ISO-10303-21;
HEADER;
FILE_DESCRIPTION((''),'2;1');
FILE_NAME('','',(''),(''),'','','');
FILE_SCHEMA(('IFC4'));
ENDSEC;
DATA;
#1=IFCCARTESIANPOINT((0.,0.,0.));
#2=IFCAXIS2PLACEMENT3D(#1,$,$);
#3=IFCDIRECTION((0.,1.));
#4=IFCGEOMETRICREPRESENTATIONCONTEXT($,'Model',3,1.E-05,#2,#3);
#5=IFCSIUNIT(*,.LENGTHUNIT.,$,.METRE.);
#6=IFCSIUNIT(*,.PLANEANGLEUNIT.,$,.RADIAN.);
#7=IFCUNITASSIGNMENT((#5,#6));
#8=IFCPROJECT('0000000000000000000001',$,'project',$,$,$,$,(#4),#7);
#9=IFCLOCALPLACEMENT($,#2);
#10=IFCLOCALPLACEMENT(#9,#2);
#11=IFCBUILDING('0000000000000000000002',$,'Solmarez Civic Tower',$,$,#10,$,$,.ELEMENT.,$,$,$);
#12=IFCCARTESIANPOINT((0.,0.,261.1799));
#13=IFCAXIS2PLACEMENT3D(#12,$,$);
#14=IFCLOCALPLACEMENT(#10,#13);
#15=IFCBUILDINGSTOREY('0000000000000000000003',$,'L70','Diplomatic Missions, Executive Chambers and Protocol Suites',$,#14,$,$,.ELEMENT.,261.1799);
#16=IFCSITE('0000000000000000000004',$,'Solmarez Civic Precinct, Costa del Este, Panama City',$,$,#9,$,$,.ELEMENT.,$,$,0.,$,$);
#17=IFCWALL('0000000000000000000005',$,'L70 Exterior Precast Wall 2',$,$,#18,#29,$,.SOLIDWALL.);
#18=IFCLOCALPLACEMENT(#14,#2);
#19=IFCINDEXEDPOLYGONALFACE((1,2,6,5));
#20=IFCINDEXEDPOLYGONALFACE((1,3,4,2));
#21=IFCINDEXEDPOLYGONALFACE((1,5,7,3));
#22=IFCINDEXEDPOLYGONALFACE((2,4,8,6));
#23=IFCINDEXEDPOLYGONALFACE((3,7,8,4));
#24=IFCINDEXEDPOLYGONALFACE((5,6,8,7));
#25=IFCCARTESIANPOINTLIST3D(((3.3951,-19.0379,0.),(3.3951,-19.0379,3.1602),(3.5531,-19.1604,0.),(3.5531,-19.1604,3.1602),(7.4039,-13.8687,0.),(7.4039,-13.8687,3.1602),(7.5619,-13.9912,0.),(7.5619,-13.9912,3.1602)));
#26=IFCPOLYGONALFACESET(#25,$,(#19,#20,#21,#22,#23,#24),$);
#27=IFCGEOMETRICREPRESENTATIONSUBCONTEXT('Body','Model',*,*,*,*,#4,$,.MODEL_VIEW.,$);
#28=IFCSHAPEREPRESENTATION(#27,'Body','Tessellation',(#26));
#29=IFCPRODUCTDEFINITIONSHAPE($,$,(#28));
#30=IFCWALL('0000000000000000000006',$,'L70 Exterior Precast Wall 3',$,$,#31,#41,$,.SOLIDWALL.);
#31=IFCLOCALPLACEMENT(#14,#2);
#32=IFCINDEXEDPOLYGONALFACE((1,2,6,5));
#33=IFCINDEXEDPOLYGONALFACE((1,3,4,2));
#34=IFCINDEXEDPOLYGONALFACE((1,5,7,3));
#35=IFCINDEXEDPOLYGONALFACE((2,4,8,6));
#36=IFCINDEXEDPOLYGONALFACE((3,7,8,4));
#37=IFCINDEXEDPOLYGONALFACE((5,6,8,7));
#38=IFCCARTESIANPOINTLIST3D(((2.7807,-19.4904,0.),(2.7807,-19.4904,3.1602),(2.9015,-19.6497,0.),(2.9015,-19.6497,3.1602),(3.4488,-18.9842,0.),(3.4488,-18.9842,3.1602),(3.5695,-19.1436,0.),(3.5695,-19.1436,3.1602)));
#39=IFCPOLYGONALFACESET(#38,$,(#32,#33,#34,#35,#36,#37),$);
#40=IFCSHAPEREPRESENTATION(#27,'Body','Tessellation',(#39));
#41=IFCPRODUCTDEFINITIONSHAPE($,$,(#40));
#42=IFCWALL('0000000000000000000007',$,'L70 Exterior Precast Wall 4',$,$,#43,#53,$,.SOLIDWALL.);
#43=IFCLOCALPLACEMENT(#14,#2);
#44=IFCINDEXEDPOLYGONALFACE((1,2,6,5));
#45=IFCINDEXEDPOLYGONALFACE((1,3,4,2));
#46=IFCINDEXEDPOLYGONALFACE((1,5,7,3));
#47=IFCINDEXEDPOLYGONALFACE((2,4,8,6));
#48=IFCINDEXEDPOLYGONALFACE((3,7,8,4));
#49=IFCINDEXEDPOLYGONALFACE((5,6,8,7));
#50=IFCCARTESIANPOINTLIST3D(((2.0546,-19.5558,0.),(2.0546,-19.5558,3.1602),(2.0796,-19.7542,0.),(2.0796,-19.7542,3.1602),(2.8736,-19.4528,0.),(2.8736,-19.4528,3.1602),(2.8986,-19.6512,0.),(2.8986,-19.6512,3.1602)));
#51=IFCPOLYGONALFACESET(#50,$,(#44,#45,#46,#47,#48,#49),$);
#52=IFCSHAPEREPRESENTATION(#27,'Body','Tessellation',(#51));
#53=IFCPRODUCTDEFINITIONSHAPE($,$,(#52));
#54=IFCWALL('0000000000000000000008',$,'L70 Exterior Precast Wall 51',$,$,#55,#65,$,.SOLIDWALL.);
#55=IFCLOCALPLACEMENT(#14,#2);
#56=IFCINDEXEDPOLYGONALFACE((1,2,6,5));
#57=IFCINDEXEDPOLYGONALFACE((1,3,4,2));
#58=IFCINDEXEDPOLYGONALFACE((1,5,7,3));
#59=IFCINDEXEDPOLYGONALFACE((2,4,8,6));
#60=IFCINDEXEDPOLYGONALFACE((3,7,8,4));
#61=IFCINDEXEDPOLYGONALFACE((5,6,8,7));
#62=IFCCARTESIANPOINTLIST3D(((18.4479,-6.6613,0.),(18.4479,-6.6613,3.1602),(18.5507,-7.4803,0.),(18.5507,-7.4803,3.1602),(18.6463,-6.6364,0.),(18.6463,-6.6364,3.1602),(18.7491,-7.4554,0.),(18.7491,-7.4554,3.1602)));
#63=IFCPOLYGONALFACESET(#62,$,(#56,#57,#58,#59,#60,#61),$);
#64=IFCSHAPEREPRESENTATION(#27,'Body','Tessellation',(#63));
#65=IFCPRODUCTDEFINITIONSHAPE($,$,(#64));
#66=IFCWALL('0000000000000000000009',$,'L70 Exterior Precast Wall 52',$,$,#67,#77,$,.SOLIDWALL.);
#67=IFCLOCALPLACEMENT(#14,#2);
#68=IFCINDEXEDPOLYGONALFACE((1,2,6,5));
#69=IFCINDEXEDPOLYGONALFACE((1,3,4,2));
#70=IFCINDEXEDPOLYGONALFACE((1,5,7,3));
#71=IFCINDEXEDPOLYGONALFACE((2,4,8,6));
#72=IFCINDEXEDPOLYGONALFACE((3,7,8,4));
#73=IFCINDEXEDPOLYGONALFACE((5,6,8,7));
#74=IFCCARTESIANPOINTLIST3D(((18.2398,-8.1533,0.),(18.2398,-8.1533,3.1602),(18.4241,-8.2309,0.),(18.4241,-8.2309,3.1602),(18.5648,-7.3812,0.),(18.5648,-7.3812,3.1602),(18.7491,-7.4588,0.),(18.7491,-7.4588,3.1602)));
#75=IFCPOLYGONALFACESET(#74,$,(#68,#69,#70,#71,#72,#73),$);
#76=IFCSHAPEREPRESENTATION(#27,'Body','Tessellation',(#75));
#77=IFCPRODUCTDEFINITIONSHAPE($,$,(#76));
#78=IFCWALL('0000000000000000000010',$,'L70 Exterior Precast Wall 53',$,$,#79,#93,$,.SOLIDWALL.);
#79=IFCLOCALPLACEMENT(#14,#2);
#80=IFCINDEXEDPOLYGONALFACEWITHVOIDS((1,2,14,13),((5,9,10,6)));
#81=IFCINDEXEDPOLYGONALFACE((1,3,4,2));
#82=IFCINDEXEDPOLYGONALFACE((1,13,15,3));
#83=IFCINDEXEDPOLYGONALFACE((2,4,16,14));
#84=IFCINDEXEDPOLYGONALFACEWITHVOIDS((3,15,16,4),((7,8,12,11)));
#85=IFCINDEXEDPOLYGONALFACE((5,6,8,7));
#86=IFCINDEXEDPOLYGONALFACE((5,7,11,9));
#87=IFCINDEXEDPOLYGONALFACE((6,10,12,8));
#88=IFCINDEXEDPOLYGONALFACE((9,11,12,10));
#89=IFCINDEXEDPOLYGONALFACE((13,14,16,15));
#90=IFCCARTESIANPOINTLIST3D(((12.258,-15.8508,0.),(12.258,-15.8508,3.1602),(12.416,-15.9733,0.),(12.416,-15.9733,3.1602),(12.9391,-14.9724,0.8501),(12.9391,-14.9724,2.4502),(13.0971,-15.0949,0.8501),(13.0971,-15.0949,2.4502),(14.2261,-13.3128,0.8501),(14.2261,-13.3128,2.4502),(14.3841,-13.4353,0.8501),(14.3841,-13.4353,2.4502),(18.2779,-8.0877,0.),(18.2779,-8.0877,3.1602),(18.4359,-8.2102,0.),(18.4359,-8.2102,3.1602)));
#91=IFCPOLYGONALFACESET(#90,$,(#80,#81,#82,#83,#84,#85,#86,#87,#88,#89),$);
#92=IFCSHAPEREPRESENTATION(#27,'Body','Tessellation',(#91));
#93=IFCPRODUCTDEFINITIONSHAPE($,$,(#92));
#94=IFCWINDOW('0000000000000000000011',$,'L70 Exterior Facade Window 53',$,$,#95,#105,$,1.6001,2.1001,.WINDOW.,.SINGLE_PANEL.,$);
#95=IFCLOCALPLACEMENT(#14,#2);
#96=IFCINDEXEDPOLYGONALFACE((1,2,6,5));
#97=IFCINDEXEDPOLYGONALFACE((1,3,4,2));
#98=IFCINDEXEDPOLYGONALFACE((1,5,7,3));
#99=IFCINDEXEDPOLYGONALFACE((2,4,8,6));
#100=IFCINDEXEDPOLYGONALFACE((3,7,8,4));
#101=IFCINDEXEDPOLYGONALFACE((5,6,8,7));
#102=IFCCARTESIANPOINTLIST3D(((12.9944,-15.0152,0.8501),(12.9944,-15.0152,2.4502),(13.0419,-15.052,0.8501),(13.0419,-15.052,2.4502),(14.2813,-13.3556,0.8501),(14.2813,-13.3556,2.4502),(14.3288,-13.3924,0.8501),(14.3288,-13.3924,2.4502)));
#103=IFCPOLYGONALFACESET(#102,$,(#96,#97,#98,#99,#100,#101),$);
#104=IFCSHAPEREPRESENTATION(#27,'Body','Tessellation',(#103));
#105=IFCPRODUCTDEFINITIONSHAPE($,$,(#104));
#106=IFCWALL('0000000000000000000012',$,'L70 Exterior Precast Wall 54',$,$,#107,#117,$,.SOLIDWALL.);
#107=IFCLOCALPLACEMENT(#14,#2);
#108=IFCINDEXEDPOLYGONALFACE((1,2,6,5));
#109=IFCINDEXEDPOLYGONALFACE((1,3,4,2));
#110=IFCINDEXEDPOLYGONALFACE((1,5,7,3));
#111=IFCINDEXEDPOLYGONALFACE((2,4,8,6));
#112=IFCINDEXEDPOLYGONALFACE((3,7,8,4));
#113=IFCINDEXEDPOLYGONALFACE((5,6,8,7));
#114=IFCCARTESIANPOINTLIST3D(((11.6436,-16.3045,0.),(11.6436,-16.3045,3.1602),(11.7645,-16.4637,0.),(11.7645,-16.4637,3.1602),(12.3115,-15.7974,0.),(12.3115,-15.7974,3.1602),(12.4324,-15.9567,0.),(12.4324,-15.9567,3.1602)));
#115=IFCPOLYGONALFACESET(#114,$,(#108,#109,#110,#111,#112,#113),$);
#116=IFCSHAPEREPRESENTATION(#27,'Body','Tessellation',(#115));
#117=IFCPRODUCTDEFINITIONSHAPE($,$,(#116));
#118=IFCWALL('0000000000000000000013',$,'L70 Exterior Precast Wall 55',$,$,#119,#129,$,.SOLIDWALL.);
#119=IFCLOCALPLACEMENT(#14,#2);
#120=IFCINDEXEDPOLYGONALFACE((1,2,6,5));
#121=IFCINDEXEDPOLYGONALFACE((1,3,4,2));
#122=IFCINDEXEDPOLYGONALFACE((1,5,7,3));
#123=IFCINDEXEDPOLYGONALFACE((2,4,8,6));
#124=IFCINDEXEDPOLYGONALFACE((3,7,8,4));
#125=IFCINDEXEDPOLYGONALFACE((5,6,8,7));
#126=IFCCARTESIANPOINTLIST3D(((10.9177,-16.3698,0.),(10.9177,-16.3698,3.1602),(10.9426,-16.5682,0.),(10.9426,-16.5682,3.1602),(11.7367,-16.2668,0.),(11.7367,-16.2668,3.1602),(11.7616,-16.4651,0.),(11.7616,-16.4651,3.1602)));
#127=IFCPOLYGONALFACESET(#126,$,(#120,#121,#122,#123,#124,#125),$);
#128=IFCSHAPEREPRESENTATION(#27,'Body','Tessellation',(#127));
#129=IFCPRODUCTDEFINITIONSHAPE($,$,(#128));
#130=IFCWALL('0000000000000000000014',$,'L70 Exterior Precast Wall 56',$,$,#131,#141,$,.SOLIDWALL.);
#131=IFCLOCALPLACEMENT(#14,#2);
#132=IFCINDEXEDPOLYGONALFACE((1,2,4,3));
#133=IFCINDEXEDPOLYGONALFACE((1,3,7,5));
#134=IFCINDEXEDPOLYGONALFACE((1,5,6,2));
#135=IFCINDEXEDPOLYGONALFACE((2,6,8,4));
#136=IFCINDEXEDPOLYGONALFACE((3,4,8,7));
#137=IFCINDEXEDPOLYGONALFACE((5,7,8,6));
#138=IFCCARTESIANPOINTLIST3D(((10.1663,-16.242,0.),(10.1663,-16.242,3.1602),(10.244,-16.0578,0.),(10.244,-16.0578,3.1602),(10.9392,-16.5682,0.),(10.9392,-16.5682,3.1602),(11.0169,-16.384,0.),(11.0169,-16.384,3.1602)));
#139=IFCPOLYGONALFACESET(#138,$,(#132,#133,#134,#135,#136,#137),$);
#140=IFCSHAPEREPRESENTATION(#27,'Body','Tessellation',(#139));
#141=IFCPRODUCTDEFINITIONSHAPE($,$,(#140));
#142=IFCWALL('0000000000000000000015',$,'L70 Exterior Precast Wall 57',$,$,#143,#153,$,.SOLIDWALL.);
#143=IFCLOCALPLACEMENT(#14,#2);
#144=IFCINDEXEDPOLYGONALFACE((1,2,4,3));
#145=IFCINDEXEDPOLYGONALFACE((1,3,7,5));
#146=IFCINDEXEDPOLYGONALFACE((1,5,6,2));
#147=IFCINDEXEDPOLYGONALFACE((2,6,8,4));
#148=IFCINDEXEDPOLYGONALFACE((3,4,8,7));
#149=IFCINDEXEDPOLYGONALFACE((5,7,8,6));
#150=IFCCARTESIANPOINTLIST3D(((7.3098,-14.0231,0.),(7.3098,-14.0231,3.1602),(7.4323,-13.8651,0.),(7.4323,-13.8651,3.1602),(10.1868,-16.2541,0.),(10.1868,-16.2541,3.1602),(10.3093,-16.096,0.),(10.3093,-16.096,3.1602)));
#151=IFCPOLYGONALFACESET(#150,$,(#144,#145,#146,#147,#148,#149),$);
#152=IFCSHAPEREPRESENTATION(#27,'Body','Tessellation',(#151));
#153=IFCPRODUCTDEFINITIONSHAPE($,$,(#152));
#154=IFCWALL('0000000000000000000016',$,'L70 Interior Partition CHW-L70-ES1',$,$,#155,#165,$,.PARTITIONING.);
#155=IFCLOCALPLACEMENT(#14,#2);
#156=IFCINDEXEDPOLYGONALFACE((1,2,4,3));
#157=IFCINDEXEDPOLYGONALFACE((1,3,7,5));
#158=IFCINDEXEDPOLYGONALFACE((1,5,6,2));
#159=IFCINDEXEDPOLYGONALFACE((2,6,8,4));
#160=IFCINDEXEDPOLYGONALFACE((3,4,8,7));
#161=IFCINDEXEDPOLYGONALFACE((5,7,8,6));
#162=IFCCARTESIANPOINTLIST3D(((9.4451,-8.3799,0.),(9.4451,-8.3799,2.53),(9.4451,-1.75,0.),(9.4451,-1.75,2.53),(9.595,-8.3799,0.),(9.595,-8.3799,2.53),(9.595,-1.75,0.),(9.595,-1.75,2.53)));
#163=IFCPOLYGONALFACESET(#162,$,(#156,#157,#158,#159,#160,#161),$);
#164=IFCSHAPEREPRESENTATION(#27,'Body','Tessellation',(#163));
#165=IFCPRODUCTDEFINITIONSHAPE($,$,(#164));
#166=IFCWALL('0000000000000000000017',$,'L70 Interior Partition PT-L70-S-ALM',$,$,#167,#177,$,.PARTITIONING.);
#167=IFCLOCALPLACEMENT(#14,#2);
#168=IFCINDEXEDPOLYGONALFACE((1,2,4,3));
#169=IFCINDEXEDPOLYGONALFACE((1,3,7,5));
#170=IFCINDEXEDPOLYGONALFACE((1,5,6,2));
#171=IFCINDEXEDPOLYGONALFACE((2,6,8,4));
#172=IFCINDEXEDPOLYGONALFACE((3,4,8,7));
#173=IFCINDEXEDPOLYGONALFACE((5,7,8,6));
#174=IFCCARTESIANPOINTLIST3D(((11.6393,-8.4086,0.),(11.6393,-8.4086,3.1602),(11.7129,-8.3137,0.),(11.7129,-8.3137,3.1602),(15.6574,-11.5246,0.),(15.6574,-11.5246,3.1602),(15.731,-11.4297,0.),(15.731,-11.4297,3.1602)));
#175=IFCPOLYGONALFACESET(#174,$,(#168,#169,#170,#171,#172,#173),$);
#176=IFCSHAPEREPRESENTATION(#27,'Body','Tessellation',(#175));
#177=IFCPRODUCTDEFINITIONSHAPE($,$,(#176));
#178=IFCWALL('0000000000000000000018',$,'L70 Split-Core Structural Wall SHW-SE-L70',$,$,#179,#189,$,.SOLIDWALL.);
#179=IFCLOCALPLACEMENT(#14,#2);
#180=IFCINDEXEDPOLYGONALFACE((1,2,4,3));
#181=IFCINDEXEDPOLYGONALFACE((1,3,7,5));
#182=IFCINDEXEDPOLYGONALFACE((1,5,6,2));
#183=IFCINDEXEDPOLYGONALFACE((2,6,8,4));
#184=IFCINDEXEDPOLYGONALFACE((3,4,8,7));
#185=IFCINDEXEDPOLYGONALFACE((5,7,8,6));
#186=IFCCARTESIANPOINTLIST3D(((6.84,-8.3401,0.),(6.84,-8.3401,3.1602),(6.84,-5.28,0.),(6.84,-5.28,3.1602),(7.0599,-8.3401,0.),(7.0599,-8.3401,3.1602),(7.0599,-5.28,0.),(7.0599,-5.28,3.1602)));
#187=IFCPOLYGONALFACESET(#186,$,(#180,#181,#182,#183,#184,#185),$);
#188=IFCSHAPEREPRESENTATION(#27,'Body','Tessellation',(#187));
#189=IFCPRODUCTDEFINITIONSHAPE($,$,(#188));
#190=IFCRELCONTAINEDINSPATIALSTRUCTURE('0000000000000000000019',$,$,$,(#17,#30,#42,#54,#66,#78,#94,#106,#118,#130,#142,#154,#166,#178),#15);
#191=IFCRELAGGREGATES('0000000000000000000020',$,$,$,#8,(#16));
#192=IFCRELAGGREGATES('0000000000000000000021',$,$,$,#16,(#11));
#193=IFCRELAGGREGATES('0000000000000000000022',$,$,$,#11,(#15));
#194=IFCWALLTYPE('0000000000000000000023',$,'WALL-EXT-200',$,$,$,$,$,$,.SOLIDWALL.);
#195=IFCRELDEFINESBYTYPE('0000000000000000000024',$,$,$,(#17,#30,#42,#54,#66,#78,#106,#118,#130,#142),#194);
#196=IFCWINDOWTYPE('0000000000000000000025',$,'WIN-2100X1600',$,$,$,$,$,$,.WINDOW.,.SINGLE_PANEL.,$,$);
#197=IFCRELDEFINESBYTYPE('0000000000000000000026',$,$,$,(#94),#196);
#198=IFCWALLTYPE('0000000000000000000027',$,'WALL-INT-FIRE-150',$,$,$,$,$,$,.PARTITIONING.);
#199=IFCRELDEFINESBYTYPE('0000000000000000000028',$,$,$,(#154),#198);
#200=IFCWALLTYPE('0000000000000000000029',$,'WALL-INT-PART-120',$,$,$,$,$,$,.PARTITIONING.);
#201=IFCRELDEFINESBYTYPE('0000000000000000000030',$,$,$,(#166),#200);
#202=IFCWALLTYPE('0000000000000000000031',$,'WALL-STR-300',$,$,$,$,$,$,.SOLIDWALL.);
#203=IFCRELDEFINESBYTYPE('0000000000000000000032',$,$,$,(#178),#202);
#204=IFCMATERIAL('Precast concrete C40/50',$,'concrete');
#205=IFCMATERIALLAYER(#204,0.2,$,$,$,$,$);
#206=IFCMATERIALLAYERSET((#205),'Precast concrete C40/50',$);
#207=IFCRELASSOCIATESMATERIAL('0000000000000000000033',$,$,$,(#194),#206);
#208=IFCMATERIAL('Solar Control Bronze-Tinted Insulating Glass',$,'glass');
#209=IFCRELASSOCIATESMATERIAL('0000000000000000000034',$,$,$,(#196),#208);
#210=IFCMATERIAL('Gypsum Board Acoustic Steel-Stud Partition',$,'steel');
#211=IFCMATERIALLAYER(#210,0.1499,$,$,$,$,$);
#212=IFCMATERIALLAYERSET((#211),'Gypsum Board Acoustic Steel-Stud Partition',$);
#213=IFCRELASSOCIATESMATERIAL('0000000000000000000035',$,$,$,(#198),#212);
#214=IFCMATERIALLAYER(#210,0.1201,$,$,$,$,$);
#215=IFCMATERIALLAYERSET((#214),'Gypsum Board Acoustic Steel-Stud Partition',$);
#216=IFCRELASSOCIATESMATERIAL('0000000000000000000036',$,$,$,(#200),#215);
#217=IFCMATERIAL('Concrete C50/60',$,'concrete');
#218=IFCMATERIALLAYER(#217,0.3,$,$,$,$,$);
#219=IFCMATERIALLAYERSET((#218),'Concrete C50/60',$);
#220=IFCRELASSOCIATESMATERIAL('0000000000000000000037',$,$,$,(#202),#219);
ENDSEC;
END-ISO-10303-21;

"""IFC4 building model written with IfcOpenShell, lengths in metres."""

from ifc_helpers import new_model, si_unit, direction, frame, frame_2d, origin, place, context, subcontext, project, spatial, rectangle, extrude, material, layer, layer_set, type_object, element, fill, save


model = new_model("IFC4")

# Units and contexts
model_context = context("Model", 3, precision=1e-05, world=origin(), true_north=direction((0.0, 1.0)))
body_context = subcontext(model_context, "Body", "Model", "MODEL_VIEW")
ifc_project = project(units=[si_unit("LENGTHUNIT", "METRE"), si_unit("PLANEANGLEUNIT", "RADIAN")], contexts=[model_context])

# Site, building, storey
site_placement = place(None, origin())
site = spatial("IfcSite", under=ifc_project, at=site_placement, Name="Solmarez Civic Precinct, Costa del Este, Panama City", CompositionType="ELEMENT", RefElevation=0.0)
building_placement = place(site_placement, origin())
building = spatial("IfcBuilding", under=site, at=building_placement, Name="Solmarez Civic Tower", CompositionType="ELEMENT")
storey_placement = place(building_placement, frame((0.0, 0.0, 261.1799)))
storey = spatial("IfcBuildingStorey", under=building, at=storey_placement, Name="L70", Description="Diplomatic Missions, Executive Chambers and Protocol Suites", CompositionType="ELEMENT", Elevation=261.1799)

# Shared definitions
ifc_material_1 = material(Name="Concrete C50/60", Category="concrete")

# Walls
ifc_material_2 = material(Name="Precast concrete C40/50", Category="concrete")
ifc_layer_1 = layer(ifc_material_2, 0.2)
ifc_layer_set_1 = layer_set([ifc_layer_1], Name="Precast concrete C40/50")
wall_type_1 = type_object("IfcWallType", Name="WALL-EXT-200", PredefinedType="SOLIDWALL", material=ifc_layer_set_1)
wall_1_placement = place(storey_placement, frame((7.4829, -13.9299, 0.0), z_axis=(0.0, 0.0, 1.0), x_axis=(-0.612826, -0.790218, 0.0)))
element("IfcWall", 1, at=wall_1_placement, inside=storey, type_object=wall_type_1, Name="L70 Exterior Precast Wall 2", PredefinedType="SOLIDWALL", context=body_context, shape_type="SweptSolid", body=[
    extrude(rectangle(XDim=6.5415, YDim=0.2, at=frame_2d((3.2708, 0.0))), origin(), (0.0, 0.0, 1.0), 3.1602),
])
wall_2_placement = place(storey_placement, frame((3.509, -19.064, 0.0), z_axis=(0.0, 0.0, 1.0), x_axis=(-0.797054, -0.603908, 0.0)))
element("IfcWall", 2, at=wall_2_placement, inside=storey, type_object=wall_type_1, Name="L70 Exterior Precast Wall 3", PredefinedType="SOLIDWALL", context=body_context, shape_type="SweptSolid", body=[
    extrude(rectangle(XDim=0.8381, YDim=0.2, at=frame_2d((0.4189, 0.0))), origin(), (0.0, 0.0, 1.0), 3.1602),
])
for number, where, z_axis, x_axis, name in (
    (3, (2.886, -19.552, 0.0), (0.0, 0.0, 1.0), (-0.992182, -0.124799, 0.0), "L70 Exterior Precast Wall 4"),
    (4, (18.5471, -6.6489, 0.0), (0.0, 0.0, 1.0), (0.124508, -0.992219, 0.0), "L70 Exterior Precast Wall 51"),
):
    element("IfcWall", number, at=place(storey_placement, frame(where, z_axis=z_axis, x_axis=x_axis)), inside=storey, type_object=wall_type_1, Name=name, PredefinedType="SOLIDWALL", context=body_context, shape_type="SweptSolid", body=[
        extrude(rectangle(XDim=0.8254, YDim=0.2, at=frame_2d((0.4126, 0.0))), origin(), (0.0, 0.0, 1.0), 3.1602),
    ])
wall_3_placement = place(storey_placement, frame((18.657, -7.4199, 0.0), z_axis=(0.0, 0.0, 1.0), x_axis=(-0.387966, -0.921674, 0.0)))
element("IfcWall", 5, at=wall_3_placement, inside=storey, type_object=wall_type_1, Name="L70 Exterior Precast Wall 52", PredefinedType="SOLIDWALL", context=body_context, shape_type="SweptSolid", body=[
    extrude(rectangle(XDim=0.8376, YDim=0.2, at=frame_2d((0.4189, 0.0))), origin(), (0.0, 0.0, 1.0), 3.1602),
])

# Wall, opening, window
wall_4_placement = place(storey_placement, frame((18.3569, -8.1489, 0.0), z_axis=(0.0, 0.0, 1.0), x_axis=(-0.612798, -0.79024, 0.0)))
wall_4 = element("IfcWall", 6, at=wall_4_placement, inside=storey, type_object=wall_type_1, Name="L70 Exterior Precast Wall 53", PredefinedType="SOLIDWALL", context=body_context, shape_type="SweptSolid", body=[
    extrude(rectangle(XDim=9.8237, YDim=0.2, at=frame_2d((4.9119, 0.0))), origin(), (0.0, 0.0, 1.0), 3.1602),
])
opening_placement = place(wall_4_placement, frame((6.6121, 0.0, 0.8501)))
opening = element("IfcOpeningElement", 7, at=opening_placement, cuts=wall_4, PredefinedType="OPENING", context=body_context, shape_type="SweptSolid", body=[
    extrude(rectangle(XDim=2.1001, YDim=1.6001, at=frame_2d((1.05, 0.8))), frame((0.0, 0.1099, 0.0), z_axis=(0.0, -1.0, 0.0), x_axis=(1.0, 0.0, 0.0)), (0.0, 0.0, 1.0), 0.22),
])
ifc_material_3 = material(Name="Solar Control Bronze-Tinted Insulating Glass", Category="glass")
window_type = type_object("IfcWindowType", Name="WIN-2100X1600", PartitioningType="SINGLE_PANEL", PredefinedType="WINDOW", material=ifc_material_3)
window_placement = place(opening_placement, origin())
window = element("IfcWindow", 8, at=window_placement, inside=storey, type_object=window_type, Name="L70 Exterior Facade Window 53", OverallHeight=1.6001, OverallWidth=2.1001, PartitioningType="SINGLE_PANEL", PredefinedType="WINDOW", context=body_context, shape_type="SweptSolid", body=[
    extrude(rectangle(XDim=2.1001, YDim=1.6001, at=frame_2d((1.05, 0.8))), frame((0.0, 0.03, 0.0), z_axis=(0.0, -1.0, 0.0), x_axis=(1.0, 0.0, 0.0)), (0.0, 0.0, 1.0), 0.0601),
])
fill(opening, window)

# Walls
wall_5_placement = place(storey_placement, frame((12.3721, -15.877, 0.0), z_axis=(0.0, 0.0, 1.0), x_axis=(-0.796493, -0.604648, 0.0)))
element("IfcWall", 9, at=wall_5_placement, inside=storey, type_object=wall_type_1, Name="L70 Exterior Precast Wall 54", PredefinedType="SOLIDWALL", context=body_context, shape_type="SweptSolid", body=[
    extrude(rectangle(XDim=0.8386, YDim=0.2, at=frame_2d((0.4194, 0.0))), origin(), (0.0, 0.0, 1.0), 3.1602),
])
wall_6_placement = place(storey_placement, frame((11.749, -16.366, 0.0), z_axis=(0.0, 0.0, 1.0), x_axis=(-0.992182, -0.124799, 0.0)))
element("IfcWall", 10, at=wall_6_placement, inside=storey, type_object=wall_type_1, Name="L70 Exterior Precast Wall 55", PredefinedType="SOLIDWALL", context=body_context, shape_type="SweptSolid", body=[
    extrude(rectangle(XDim=0.8254, YDim=0.2, at=frame_2d((0.4126, 0.0))), origin(), (0.0, 0.0, 1.0), 3.1602),
])
wall_7_placement = place(storey_placement, frame((10.978, -16.4761, 0.0), z_axis=(0.0, 0.0, 1.0), x_axis=(-0.921328, 0.388785, 0.0)))
element("IfcWall", 11, at=wall_7_placement, inside=storey, type_object=wall_type_1, Name="L70 Exterior Precast Wall 56", PredefinedType="SOLIDWALL", context=body_context, shape_type="SweptSolid", body=[
    extrude(rectangle(XDim=0.8389, YDim=0.2, at=frame_2d((0.4194, 0.0))), origin(), (0.0, 0.0, 1.0), 3.1602),
])
wall_8_placement = place(storey_placement, frame((10.248, -16.175, 0.0), z_axis=(0.0, 0.0, 1.0), x_axis=(-0.79024, 0.612798, 0.0)))
element("IfcWall", 12, at=wall_8_placement, inside=storey, type_object=wall_type_1, Name="L70 Exterior Precast Wall 57", PredefinedType="SOLIDWALL", context=body_context, shape_type="SweptSolid", body=[
    extrude(rectangle(XDim=3.6406, YDim=0.2, at=frame_2d((1.8203, 0.0))), origin(), (0.0, 0.0, 1.0), 3.1602),
])
ifc_material_4 = material(Name="Gypsum Board Acoustic Steel-Stud Partition", Category="steel")
ifc_layer_2 = layer(ifc_material_4, 0.1499)
ifc_layer_set_2 = layer_set([ifc_layer_2], Name="Gypsum Board Acoustic Steel-Stud Partition")
wall_type_2 = type_object("IfcWallType", Name="WALL-INT-FIRE-150", PredefinedType="PARTITIONING", material=ifc_layer_set_2)
wall_9_placement = place(storey_placement, frame((9.52, -8.3799, 0.0), z_axis=(0.0, 0.0, 1.0), x_axis=(0.0, 1.0, 0.0)))
element("IfcWall", 13, at=wall_9_placement, inside=storey, type_object=wall_type_2, Name="L70 Interior Partition CHW-L70-ES1", PredefinedType="PARTITIONING", context=body_context, shape_type="SweptSolid", body=[
    extrude(rectangle(XDim=6.6299, YDim=0.1499, at=frame_2d((3.3149, 0.0))), origin(), (0.0, 0.0, 1.0), 2.53),
])
ifc_layer_3 = layer(ifc_material_4, 0.1201)
ifc_layer_set_3 = layer_set([ifc_layer_3], Name="Gypsum Board Acoustic Steel-Stud Partition")
wall_type_3 = type_object("IfcWallType", Name="WALL-INT-PART-120", PredefinedType="PARTITIONING", material=ifc_layer_set_3)
wall_10_placement = place(storey_placement, frame((11.676, -8.3611, 0.0), z_axis=(0.0, 0.0, 1.0), x_axis=(0.790228, -0.612813, 0.0)))
element("IfcWall", 14, at=wall_10_placement, inside=storey, type_object=wall_type_3, Name="L70 Interior Partition PT-L70-S-ALM", PredefinedType="PARTITIONING", context=body_context, shape_type="SweptSolid", body=[
    extrude(rectangle(XDim=5.0847, YDim=0.1201, at=frame_2d((2.5425, 0.0))), origin(), (0.0, 0.0, 1.0), 3.1602),
])
ifc_layer_4 = layer(ifc_material_1, 0.3)
ifc_layer_set_4 = layer_set([ifc_layer_4], Name="Concrete C50/60")
wall_type_4 = type_object("IfcWallType", Name="WALL-STR-300", PredefinedType="SOLIDWALL", material=ifc_layer_set_4)
wall_11_placement = place(storey_placement, frame((6.95, -8.3401, 0.0), z_axis=(0.0, 0.0, 1.0), x_axis=(0.0, 1.0, 0.0)))
element("IfcWall", 15, at=wall_11_placement, inside=storey, type_object=wall_type_4, Name="L70 Split-Core Structural Wall SHW-SE-L70", PredefinedType="SOLIDWALL", context=body_context, shape_type="SweptSolid", body=[
    extrude(rectangle(XDim=3.0601, YDim=0.22, at=frame_2d((1.53, 0.0))), origin(), (0.0, 0.0, 1.0), 3.1602),
])

save(model, "model.ifc")
